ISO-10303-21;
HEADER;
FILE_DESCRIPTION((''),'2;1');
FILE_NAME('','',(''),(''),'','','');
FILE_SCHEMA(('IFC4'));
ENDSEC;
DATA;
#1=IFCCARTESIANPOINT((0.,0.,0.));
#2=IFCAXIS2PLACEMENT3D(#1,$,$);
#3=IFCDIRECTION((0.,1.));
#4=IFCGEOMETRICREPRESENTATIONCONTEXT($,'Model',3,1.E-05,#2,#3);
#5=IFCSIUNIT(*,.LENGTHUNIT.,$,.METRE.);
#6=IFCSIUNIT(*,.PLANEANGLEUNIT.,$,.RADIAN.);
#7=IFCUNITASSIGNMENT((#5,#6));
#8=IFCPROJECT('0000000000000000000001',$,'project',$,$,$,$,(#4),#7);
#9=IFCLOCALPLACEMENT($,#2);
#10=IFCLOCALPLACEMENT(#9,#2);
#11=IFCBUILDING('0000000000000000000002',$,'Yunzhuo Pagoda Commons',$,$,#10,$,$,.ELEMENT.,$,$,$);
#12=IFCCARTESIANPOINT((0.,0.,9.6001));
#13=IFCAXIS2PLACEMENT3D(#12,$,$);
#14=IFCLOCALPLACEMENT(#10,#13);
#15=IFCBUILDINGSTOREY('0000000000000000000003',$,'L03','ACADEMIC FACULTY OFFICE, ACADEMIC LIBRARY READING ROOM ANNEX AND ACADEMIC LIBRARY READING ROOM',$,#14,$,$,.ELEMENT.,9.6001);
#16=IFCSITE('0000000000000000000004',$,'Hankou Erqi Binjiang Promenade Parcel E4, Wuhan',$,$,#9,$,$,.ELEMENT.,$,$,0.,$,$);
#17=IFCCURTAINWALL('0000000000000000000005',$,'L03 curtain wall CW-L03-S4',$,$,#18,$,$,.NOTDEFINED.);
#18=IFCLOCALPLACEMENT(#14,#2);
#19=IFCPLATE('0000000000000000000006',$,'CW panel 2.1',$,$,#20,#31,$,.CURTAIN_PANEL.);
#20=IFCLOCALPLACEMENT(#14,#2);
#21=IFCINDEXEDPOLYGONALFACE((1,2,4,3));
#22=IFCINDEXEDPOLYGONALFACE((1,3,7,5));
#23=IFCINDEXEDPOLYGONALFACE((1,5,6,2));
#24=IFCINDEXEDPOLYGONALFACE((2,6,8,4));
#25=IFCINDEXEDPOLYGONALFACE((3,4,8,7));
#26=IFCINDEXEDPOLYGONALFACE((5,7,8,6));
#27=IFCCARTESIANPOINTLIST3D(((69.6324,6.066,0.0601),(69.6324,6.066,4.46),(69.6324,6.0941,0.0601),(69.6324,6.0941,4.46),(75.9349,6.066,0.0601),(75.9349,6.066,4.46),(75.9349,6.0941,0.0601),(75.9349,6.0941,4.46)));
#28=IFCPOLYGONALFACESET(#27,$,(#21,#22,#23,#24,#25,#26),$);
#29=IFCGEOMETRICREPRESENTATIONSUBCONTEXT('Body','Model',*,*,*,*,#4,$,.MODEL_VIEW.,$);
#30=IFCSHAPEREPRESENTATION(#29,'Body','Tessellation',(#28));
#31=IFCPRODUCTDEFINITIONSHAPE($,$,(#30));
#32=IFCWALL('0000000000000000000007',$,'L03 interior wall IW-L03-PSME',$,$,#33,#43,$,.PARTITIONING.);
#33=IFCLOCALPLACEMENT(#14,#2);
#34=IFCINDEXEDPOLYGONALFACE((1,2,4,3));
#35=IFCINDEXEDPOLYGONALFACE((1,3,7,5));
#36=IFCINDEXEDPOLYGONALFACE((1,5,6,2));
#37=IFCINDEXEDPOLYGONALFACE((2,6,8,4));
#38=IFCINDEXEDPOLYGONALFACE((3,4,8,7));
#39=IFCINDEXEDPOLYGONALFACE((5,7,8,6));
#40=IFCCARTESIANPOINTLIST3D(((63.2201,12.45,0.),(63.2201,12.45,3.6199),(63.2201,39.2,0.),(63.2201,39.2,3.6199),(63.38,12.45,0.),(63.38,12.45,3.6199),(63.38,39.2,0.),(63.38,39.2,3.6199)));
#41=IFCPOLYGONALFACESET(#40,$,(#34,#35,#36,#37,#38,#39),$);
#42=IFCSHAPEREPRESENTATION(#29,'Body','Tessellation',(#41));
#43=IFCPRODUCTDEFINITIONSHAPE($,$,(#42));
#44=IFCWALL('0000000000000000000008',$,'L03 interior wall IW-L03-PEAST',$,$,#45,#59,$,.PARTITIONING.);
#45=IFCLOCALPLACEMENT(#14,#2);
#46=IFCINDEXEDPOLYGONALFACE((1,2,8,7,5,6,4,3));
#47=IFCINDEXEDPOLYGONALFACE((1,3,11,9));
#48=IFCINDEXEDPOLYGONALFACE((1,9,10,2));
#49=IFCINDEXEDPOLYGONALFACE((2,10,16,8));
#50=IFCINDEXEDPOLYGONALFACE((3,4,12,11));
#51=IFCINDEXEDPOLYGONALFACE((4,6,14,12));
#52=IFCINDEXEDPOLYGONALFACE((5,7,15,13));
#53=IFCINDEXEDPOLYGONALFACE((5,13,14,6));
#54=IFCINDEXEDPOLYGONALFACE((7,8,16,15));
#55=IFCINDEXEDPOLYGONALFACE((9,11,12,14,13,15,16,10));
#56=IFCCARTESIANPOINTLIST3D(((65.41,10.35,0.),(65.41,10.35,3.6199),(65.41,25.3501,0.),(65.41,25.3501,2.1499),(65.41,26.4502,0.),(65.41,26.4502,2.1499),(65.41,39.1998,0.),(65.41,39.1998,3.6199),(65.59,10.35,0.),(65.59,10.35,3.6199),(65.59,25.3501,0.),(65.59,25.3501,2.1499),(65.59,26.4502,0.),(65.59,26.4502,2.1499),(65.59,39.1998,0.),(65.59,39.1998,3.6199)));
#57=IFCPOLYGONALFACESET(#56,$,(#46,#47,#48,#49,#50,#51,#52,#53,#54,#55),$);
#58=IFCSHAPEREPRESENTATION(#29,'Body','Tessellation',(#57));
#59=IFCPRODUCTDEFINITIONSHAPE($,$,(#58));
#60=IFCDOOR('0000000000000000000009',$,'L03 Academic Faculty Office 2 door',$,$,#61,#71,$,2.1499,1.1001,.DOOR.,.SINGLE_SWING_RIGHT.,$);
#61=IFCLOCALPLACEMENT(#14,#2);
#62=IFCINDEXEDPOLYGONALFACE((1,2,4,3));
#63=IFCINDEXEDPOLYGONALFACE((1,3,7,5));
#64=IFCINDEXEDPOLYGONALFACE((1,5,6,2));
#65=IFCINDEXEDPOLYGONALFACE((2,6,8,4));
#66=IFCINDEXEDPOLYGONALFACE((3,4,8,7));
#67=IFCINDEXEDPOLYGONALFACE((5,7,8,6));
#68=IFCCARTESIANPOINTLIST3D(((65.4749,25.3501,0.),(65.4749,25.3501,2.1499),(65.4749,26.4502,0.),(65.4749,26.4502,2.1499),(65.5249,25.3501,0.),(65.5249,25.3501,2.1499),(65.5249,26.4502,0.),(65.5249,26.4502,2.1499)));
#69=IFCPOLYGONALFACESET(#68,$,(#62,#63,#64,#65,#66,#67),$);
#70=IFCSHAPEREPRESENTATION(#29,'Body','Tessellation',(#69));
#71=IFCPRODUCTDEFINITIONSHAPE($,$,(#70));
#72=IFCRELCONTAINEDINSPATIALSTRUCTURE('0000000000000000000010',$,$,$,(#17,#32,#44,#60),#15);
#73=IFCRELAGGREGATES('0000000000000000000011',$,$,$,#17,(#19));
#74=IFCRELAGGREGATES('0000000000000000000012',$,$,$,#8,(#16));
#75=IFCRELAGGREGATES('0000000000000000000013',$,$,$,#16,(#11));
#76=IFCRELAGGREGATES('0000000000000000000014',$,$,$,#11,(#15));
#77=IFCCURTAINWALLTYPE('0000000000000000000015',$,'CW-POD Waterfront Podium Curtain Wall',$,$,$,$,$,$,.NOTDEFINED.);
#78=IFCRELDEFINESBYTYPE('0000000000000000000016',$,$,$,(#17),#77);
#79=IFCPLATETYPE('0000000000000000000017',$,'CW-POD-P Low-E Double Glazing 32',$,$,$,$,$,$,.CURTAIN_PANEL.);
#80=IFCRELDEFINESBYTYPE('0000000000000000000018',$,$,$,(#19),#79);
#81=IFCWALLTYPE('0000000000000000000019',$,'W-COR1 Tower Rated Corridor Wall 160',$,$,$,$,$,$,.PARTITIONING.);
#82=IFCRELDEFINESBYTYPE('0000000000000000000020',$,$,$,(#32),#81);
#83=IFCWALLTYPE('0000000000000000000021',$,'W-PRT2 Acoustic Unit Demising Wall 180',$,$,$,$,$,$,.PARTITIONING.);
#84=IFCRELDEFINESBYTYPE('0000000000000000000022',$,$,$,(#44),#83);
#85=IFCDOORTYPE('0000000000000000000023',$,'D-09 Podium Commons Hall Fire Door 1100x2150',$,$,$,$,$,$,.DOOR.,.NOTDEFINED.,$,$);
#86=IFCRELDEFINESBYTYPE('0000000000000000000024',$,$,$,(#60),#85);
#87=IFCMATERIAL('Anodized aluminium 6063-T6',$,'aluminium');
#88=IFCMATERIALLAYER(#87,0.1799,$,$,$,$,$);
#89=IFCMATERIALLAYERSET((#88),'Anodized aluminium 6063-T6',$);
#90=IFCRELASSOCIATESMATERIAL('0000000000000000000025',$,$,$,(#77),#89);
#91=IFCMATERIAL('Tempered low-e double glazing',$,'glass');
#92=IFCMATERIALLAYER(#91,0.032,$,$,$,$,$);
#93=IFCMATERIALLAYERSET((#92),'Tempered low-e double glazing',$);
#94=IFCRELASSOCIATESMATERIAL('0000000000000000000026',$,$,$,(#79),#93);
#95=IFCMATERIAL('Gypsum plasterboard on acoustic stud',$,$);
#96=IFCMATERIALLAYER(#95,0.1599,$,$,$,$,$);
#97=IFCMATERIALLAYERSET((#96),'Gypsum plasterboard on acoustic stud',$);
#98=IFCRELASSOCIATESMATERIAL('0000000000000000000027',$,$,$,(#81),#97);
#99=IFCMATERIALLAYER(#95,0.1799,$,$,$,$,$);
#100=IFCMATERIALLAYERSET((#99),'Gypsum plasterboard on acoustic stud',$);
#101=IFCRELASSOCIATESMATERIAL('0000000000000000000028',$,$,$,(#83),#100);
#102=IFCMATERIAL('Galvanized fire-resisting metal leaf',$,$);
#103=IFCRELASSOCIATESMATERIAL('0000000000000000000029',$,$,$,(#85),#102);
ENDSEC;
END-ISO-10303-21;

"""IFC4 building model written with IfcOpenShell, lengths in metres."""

from ifc_helpers import new_model, si_unit, direction, frame, frame_2d, origin, origin_2d, place, context, subcontext, project, spatial, rectangle, extrude, source, transform, mapped, material, layer, layer_set, type_object, element, fill, aggregate, save


model = new_model("IFC4")

# Units and contexts
model_context = context("Model", 3, precision=1e-05, world=origin(), true_north=direction((0.0, 1.0)))
body_context = subcontext(model_context, "Body", "Model", "MODEL_VIEW")
ifc_project = project(units=[si_unit("LENGTHUNIT", "METRE"), si_unit("PLANEANGLEUNIT", "RADIAN")], contexts=[model_context])

# Site, building, storey
site_placement = place(None, origin())
site = spatial("IfcSite", under=ifc_project, at=site_placement, Name="Hankou Erqi Binjiang Promenade Parcel E4, Wuhan", CompositionType="ELEMENT", RefElevation=0.0)
building_placement = place(site_placement, origin())
building = spatial("IfcBuilding", under=site, at=building_placement, Name="Yunzhuo Pagoda Commons", CompositionType="ELEMENT")
storey_placement = place(building_placement, frame((0.0, 0.0, 9.6001)))
storey = spatial("IfcBuildingStorey", under=building, at=storey_placement, Name="L03", Description="ACADEMIC FACULTY OFFICE, ACADEMIC LIBRARY READING ROOM ANNEX AND ACADEMIC LIBRARY READING ROOM", CompositionType="ELEMENT", Elevation=9.6001)

# Curtain wall, plate
ifc_material_1 = material(Name="Anodized aluminium 6063-T6", Category="aluminium")
ifc_layer_1 = layer(ifc_material_1, 0.1799)
ifc_layer_set_1 = layer_set([ifc_layer_1], Name="Anodized aluminium 6063-T6")
curtain_wall_type = type_object("IfcCurtainWallType", Name="CW-POD Waterfront Podium Curtain Wall", PredefinedType="NOTDEFINED", material=ifc_layer_set_1)
curtain_wall_placement = place(storey_placement, origin())
curtain_wall = element("IfcCurtainWall", 1, at=curtain_wall_placement, inside=storey, type_object=curtain_wall_type, Name="L03 curtain wall CW-L03-S4", PredefinedType="NOTDEFINED")
ifc_material_2 = material(Name="Tempered low-e double glazing", Category="glass")
ifc_layer_2 = layer(ifc_material_2, 0.032)
ifc_layer_set_2 = layer_set([ifc_layer_2], Name="Tempered low-e double glazing")
plate_type = type_object("IfcPlateType", Name="CW-POD-P Low-E Double Glazing 32", PredefinedType="CURTAIN_PANEL", material=ifc_layer_set_2)
shared_shape_1 = source(origin(), body_context, "Body", "SweptSolid", [
    extrude(rectangle(XDim=6.3025, YDim=0.0281, at=origin_2d()), origin(), (0.0, 0.0, 1.0), 4.3999),
])
plate_1_placement = place(storey_placement, frame((72.7837, 6.0801, 0.0601), z_axis=(0.0, 0.0, 1.0), x_axis=(1.0, 0.0, 0.0)))
plate_1 = element("IfcPlate", 2, at=plate_1_placement, type_object=plate_type, Name="CW panel 2.1", PredefinedType="CURTAIN_PANEL", context=body_context, shape_type="MappedRepresentation", body=[
    mapped(shared_shape_1, transform((0.0, 0.0, 0.0), scale=1.0)),
])
aggregate(curtain_wall, [plate_1])

# Wall
ifc_material_3 = material(Name="Gypsum plasterboard on acoustic stud")
ifc_layer_3 = layer(ifc_material_3, 0.1599)
ifc_layer_set_3 = layer_set([ifc_layer_3], Name="Gypsum plasterboard on acoustic stud")
wall_type_1 = type_object("IfcWallType", Name="W-COR1 Tower Rated Corridor Wall 160", PredefinedType="PARTITIONING", material=ifc_layer_set_3)
wall_1_placement = place(storey_placement, frame((63.3, 12.45, 0.0), z_axis=(0.0, 0.0, 1.0), x_axis=(0.0, 1.0, 0.0)))
element("IfcWall", 3, at=wall_1_placement, inside=storey, type_object=wall_type_1, Name="L03 interior wall IW-L03-PSME", PredefinedType="PARTITIONING", context=body_context, shape_type="SweptSolid", body=[
    extrude(rectangle(XDim=26.75, YDim=0.1599, at=frame_2d((13.375, 0.0))), origin(), (0.0, 0.0, 1.0), 3.6199),
])

# Wall, opening, door
ifc_layer_4 = layer(ifc_material_3, 0.1799)
ifc_layer_set_4 = layer_set([ifc_layer_4], Name="Gypsum plasterboard on acoustic stud")
wall_type_2 = type_object("IfcWallType", Name="W-PRT2 Acoustic Unit Demising Wall 180", PredefinedType="PARTITIONING", material=ifc_layer_set_4)
wall_2_placement = place(storey_placement, frame((65.5, 10.3501, 0.0), z_axis=(0.0, 0.0, 1.0), x_axis=(0.0, 1.0, 0.0)))
wall_2 = element("IfcWall", 4, at=wall_2_placement, inside=storey, type_object=wall_type_2, Name="L03 interior wall IW-L03-PEAST", PredefinedType="PARTITIONING", context=body_context, shape_type="SweptSolid", body=[
    extrude(rectangle(XDim=28.8499, YDim=0.1799, at=frame_2d((14.4248, 0.0))), origin(), (0.0, 0.0, 1.0), 3.6199),
])
opening_placement = place(wall_2_placement, frame((15.0, 0.0, 0.0)))
opening = element("IfcOpeningElement", 5, at=opening_placement, cuts=wall_2, PredefinedType="OPENING", context=body_context, shape_type="SweptSolid", body=[
    extrude(rectangle(XDim=1.1001, YDim=2.1499, at=frame_2d((0.55, 1.075))), frame((0.0, 0.1001, 0.0), z_axis=(0.0, -1.0, 0.0), x_axis=(1.0, 0.0, 0.0)), (0.0, 0.0, 1.0), 0.2),
])
ifc_material_4 = material(Name="Galvanized fire-resisting metal leaf")
door_type = type_object("IfcDoorType", Name="D-09 Podium Commons Hall Fire Door 1100x2150", OperationType="NOTDEFINED", PredefinedType="DOOR", material=ifc_material_4)
shared_shape_2 = source(origin(), body_context, "Body", "SweptSolid", [
    extrude(rectangle(XDim=1.1001, YDim=2.1499, at=frame_2d((0.55, 1.075))), frame((0.0, 0.0249, 0.0), z_axis=(0.0, -1.0, 0.0), x_axis=(1.0, 0.0, 0.0)), (0.0, 0.0, 1.0), 0.05),
])
door_placement = place(opening_placement, frame((1.1001, 0.0, 0.0), z_axis=(0.0, 0.0, 1.0), x_axis=(-1.0, 0.0, 0.0)))
door = element("IfcDoor", 6, at=door_placement, inside=storey, type_object=door_type, Name="L03 Academic Faculty Office 2 door", OperationType="SINGLE_SWING_RIGHT", OverallHeight=2.1499, OverallWidth=1.1001, PredefinedType="DOOR", context=body_context, shape_type="MappedRepresentation", body=[
    mapped(shared_shape_2, transform((0.0, 0.0, 0.0), scale=1.0)),
])
fill(opening, door)

save(model, "model.ifc")
